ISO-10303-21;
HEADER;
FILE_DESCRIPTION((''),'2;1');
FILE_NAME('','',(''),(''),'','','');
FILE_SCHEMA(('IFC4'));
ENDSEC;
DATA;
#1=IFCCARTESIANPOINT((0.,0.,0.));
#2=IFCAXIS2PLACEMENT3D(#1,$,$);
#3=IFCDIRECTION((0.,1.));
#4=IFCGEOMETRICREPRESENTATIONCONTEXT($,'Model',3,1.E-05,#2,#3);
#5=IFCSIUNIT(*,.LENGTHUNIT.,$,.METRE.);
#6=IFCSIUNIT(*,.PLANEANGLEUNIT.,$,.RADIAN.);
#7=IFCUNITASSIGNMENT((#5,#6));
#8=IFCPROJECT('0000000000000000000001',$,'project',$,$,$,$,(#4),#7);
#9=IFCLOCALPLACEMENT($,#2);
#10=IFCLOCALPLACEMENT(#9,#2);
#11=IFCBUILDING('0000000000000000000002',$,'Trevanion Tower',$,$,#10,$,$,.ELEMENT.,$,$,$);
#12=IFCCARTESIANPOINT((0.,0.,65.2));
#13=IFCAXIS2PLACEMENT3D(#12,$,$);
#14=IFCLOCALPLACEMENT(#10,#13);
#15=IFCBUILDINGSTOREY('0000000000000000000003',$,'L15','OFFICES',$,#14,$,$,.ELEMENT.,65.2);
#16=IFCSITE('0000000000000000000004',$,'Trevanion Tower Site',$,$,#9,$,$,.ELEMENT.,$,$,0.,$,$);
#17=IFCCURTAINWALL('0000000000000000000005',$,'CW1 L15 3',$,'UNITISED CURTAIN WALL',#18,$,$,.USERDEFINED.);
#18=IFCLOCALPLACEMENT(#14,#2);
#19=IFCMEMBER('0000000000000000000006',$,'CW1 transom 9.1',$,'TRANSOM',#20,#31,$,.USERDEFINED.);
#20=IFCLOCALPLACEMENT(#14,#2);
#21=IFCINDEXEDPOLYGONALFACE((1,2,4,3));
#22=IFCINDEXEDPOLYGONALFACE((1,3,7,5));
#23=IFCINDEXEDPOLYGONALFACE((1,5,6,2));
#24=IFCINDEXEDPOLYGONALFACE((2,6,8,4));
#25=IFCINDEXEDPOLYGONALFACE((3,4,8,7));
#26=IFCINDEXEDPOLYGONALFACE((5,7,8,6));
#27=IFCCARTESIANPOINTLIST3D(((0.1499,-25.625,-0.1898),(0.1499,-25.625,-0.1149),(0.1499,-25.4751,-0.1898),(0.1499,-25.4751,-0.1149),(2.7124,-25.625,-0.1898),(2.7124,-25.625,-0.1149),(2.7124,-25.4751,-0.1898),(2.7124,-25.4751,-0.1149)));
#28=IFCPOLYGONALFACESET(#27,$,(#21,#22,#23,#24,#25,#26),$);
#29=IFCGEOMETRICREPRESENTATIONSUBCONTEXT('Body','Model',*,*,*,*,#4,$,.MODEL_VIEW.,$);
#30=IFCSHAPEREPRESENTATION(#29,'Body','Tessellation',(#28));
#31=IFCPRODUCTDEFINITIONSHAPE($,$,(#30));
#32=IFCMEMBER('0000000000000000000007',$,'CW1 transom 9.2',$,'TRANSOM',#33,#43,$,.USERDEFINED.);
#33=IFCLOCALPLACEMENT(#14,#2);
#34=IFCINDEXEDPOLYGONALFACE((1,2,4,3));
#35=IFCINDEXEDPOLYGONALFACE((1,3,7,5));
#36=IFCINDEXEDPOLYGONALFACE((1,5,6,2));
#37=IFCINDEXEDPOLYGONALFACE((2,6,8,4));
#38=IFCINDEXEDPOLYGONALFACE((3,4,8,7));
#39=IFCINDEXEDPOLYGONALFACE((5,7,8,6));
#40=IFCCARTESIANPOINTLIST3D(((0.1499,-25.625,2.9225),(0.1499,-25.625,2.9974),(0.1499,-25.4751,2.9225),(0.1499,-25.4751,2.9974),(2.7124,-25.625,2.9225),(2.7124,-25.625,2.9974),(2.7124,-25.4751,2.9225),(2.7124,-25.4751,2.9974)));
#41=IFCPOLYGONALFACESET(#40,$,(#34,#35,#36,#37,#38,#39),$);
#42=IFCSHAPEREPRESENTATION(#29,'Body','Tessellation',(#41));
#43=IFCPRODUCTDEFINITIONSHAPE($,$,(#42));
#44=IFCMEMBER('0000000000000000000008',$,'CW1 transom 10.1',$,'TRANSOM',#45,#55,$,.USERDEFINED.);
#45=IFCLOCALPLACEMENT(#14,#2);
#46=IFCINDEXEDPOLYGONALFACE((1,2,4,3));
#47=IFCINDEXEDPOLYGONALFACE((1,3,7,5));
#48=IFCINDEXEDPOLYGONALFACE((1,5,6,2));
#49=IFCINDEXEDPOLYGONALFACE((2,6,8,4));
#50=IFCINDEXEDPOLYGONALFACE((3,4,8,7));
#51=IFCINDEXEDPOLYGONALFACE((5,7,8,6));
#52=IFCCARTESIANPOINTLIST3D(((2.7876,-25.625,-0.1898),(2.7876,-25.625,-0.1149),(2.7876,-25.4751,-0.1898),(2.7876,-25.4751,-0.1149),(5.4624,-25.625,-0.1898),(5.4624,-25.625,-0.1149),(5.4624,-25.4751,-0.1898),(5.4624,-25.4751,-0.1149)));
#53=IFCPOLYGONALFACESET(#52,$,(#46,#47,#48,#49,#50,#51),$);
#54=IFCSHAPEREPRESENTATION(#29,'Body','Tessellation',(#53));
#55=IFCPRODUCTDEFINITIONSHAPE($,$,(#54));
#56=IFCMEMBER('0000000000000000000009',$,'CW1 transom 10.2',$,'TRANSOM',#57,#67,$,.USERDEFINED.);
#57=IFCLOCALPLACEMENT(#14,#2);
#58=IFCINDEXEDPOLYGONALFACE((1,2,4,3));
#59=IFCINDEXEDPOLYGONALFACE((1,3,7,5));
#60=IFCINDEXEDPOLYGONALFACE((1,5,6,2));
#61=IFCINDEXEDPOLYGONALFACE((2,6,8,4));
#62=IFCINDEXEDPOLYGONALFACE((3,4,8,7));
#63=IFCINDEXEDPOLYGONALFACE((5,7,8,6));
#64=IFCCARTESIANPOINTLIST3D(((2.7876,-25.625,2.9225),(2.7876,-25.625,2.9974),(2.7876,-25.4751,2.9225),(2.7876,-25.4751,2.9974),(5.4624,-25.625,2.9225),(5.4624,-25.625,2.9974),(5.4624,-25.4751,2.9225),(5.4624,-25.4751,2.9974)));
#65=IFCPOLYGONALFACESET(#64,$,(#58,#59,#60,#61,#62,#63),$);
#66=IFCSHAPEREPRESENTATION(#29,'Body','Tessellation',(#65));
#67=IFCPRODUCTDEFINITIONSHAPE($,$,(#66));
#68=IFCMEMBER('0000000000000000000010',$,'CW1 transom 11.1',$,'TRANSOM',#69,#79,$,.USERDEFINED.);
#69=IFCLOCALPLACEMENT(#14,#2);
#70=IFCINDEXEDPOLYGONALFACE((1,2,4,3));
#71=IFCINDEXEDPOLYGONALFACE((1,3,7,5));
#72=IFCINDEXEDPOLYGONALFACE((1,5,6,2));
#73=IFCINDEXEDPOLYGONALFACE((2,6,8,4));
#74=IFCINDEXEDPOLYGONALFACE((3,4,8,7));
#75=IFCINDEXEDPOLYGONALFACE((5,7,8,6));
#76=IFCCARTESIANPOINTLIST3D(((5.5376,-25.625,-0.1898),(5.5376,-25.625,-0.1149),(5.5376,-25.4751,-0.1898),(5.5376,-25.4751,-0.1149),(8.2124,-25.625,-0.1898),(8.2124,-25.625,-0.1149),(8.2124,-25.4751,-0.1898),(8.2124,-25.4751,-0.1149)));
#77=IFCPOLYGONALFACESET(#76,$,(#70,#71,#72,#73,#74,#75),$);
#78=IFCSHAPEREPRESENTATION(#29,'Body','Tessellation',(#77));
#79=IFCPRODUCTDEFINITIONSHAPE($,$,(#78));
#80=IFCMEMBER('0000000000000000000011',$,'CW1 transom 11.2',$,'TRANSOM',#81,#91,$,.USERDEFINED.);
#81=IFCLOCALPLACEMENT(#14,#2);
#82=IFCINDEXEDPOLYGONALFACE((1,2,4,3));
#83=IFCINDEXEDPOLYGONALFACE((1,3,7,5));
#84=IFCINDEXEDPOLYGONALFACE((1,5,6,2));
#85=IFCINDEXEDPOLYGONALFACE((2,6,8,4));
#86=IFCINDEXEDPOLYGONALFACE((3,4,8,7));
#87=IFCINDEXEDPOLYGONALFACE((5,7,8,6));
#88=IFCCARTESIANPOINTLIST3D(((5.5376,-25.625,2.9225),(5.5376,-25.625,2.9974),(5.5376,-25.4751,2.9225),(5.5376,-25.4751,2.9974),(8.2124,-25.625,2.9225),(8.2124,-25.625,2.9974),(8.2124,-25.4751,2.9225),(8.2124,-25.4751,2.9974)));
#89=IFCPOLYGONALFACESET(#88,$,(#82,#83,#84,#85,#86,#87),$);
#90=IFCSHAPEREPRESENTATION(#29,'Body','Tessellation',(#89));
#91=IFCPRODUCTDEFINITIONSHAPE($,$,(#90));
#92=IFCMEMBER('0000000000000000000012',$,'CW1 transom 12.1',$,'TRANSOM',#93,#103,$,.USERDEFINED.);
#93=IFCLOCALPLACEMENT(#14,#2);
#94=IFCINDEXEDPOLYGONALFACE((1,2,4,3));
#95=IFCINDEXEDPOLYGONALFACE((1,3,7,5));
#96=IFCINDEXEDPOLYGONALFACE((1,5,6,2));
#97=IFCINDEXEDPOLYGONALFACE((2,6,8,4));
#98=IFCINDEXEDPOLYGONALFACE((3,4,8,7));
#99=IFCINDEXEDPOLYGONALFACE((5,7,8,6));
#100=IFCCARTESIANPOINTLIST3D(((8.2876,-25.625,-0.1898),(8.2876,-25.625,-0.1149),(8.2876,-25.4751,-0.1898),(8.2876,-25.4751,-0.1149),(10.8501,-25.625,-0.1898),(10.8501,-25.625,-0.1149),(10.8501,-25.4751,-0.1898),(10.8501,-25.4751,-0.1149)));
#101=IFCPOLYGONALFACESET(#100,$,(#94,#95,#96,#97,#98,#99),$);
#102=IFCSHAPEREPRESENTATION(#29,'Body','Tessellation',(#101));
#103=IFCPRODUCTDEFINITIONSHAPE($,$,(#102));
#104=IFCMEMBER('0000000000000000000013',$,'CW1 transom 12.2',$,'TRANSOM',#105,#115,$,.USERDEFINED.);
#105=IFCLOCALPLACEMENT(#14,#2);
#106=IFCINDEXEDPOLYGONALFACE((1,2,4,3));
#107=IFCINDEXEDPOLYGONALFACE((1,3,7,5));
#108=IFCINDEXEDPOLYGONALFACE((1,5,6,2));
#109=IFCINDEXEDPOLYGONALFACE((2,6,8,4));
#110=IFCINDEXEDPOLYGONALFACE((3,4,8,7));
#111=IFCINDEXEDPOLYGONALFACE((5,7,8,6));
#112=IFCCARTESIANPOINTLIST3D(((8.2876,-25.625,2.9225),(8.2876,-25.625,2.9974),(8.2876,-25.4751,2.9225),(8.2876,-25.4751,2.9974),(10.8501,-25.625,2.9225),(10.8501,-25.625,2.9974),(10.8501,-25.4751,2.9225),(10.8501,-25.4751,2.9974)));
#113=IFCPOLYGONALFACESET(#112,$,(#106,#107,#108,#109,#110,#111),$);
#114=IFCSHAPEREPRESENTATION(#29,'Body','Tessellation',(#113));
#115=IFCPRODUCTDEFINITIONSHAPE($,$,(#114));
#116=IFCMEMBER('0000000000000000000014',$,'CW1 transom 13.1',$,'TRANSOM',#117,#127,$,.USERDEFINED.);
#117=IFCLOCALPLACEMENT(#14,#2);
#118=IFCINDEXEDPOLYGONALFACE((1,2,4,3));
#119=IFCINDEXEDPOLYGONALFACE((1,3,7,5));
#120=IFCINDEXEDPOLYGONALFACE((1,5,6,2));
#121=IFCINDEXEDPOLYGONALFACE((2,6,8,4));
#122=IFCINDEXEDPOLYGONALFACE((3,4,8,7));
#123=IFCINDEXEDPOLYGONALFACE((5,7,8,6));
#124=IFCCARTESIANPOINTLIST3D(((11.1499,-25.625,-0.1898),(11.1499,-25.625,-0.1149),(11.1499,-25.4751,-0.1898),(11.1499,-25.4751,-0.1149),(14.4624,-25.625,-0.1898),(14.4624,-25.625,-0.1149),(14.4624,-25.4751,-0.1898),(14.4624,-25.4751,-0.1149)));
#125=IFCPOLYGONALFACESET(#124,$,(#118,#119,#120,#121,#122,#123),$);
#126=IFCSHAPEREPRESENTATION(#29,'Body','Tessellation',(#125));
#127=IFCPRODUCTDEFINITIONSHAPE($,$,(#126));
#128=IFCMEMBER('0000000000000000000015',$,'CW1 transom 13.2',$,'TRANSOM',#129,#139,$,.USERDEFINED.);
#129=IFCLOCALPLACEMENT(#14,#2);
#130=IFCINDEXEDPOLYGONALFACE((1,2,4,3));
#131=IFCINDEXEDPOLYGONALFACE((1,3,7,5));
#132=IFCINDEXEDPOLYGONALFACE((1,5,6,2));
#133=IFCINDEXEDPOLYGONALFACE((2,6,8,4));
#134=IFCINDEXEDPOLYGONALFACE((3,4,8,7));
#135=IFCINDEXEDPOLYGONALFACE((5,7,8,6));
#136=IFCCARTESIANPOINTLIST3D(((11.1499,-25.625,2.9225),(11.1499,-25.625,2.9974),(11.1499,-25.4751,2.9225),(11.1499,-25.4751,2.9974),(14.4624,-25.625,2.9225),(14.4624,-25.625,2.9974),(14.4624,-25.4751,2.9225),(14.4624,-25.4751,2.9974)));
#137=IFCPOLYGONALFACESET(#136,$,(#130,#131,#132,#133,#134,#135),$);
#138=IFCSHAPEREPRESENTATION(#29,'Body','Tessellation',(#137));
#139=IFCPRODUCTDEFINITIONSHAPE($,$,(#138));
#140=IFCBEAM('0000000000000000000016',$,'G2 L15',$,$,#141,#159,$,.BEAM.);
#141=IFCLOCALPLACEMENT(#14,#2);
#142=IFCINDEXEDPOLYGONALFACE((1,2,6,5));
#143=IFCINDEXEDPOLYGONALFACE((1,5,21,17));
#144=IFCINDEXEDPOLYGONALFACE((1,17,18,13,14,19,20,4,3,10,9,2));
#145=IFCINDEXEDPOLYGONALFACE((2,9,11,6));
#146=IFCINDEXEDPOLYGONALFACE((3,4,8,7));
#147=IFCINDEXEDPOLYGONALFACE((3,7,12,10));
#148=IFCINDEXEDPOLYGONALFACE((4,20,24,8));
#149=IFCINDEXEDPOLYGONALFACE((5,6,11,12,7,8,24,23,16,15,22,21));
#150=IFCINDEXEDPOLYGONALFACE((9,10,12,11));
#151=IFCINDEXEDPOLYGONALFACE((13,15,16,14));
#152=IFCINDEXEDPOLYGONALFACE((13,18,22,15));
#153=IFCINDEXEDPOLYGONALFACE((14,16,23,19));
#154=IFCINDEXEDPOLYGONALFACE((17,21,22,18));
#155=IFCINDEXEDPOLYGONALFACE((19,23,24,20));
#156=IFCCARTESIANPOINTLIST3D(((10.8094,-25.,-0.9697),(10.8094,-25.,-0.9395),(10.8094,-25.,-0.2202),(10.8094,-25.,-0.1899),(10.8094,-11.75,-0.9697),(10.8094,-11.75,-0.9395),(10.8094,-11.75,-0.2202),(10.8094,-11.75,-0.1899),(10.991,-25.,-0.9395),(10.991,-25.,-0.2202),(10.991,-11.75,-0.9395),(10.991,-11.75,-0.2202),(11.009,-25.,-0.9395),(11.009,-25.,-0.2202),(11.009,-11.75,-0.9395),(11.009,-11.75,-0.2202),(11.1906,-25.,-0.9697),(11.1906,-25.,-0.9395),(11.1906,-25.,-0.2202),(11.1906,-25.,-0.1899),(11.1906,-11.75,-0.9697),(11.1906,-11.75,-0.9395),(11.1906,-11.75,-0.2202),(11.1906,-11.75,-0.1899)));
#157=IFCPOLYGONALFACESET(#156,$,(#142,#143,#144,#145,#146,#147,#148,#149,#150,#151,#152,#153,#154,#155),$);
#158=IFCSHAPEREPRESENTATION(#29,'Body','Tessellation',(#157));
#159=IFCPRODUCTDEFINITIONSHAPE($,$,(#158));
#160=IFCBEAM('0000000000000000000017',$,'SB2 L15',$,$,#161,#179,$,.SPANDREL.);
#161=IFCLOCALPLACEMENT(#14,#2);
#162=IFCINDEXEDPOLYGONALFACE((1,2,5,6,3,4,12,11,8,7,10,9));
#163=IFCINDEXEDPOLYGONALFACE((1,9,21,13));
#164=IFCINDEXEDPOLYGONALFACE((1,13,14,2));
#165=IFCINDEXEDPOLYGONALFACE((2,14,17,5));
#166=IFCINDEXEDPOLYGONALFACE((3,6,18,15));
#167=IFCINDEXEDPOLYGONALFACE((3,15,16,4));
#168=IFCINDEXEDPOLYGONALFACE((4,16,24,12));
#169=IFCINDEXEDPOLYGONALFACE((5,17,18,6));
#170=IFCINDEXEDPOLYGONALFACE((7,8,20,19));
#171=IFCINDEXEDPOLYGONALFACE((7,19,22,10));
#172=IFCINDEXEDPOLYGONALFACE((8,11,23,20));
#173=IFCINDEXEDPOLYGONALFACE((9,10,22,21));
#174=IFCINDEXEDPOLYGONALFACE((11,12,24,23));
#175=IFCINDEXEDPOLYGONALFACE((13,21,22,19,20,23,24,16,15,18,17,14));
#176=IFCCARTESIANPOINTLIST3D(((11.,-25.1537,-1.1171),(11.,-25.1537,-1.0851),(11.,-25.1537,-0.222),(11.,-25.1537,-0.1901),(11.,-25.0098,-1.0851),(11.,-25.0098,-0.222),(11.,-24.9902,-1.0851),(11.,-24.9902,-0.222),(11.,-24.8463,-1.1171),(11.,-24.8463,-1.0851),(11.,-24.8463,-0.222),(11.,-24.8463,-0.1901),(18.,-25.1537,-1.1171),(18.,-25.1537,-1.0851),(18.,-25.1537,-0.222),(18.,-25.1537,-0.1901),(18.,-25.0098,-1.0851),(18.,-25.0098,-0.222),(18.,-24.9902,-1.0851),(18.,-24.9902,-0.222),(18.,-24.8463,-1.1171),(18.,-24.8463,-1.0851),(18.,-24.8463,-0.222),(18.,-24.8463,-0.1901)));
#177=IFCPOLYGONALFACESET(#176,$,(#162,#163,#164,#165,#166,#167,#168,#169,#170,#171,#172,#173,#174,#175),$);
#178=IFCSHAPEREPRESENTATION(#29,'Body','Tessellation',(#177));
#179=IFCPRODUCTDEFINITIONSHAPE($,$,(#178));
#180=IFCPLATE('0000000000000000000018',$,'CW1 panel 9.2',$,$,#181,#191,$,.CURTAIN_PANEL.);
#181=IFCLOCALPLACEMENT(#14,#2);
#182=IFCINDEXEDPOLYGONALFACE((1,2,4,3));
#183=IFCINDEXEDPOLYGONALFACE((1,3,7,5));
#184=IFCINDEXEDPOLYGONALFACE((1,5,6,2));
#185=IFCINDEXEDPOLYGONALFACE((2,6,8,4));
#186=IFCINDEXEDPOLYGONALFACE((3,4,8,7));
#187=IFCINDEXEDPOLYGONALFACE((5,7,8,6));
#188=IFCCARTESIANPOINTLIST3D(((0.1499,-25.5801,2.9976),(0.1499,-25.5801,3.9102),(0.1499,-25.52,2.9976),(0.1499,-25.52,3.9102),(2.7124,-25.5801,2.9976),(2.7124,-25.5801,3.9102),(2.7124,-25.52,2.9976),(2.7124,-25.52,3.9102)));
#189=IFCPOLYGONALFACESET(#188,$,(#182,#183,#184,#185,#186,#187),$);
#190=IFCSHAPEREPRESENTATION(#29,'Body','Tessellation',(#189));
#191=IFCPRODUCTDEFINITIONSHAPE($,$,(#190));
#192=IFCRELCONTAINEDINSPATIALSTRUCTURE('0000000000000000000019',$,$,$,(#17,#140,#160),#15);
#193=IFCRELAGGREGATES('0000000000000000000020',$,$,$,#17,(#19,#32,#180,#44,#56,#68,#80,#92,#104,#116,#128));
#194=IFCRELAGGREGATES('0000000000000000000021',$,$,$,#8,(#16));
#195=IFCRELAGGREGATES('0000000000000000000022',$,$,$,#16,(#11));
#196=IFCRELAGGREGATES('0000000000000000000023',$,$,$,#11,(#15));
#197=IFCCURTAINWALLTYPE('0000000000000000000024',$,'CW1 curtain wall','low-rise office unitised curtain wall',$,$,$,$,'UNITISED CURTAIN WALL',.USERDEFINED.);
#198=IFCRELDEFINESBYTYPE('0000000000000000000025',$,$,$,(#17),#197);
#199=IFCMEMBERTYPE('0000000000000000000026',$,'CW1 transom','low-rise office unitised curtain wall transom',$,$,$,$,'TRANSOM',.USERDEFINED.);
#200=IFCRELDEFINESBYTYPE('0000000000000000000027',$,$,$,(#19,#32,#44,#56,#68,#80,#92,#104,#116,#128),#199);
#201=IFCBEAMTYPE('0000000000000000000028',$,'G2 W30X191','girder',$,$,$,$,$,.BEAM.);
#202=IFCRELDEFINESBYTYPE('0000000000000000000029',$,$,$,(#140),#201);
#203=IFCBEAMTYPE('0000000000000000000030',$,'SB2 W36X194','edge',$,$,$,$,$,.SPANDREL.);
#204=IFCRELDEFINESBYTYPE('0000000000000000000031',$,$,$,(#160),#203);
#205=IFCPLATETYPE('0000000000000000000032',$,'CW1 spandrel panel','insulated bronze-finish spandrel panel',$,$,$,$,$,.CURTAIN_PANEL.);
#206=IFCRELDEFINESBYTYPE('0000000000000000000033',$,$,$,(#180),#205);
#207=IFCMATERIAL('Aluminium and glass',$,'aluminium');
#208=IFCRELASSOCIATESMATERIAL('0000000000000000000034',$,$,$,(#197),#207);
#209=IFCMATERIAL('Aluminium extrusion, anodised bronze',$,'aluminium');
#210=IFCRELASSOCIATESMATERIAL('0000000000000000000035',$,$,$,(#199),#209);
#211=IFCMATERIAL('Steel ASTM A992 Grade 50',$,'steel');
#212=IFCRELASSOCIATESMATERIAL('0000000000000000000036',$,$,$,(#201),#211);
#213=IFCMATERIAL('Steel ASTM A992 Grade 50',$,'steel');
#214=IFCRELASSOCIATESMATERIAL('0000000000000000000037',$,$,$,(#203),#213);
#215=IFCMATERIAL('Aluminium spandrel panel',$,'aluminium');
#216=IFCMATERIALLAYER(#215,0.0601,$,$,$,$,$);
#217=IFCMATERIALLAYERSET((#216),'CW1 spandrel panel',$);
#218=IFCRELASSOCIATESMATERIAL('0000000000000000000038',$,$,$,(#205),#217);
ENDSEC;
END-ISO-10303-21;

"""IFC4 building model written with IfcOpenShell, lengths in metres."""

from ifc_helpers import new_model, si_unit, direction, frame, origin, origin_2d, place, context, subcontext, project, spatial, rectangle, i_section, extrude, material, layer, layer_set, material_profile, profile_set, type_object, element, aggregate, save


model = new_model("IFC4")

# Units and contexts
model_context = context("Model", 3, precision=1e-05, world=origin(), true_north=direction((0.0, 1.0)))
body_context = subcontext(model_context, "Body", "Model", "MODEL_VIEW")
ifc_project = project(units=[si_unit("LENGTHUNIT", "METRE"), si_unit("PLANEANGLEUNIT", "RADIAN")], contexts=[model_context])

# Site, building, storey
site_placement = place(None, origin())
site = spatial("IfcSite", under=ifc_project, at=site_placement, Name="Trevanion Tower Site", CompositionType="ELEMENT", RefElevation=0.0)
building_placement = place(site_placement, origin())
building = spatial("IfcBuilding", under=site, at=building_placement, Name="Trevanion Tower", CompositionType="ELEMENT")
storey_placement = place(building_placement, frame((0.0, 0.0, 65.2)))
storey = spatial("IfcBuildingStorey", under=building, at=storey_placement, Name="L15", Description="OFFICES", CompositionType="ELEMENT", Elevation=65.2)

# Curtain wall, members
ifc_material_1 = material(Name="Aluminium and glass", Category="aluminium")
curtain_wall_type = type_object("IfcCurtainWallType", Name="CW1 curtain wall", Description="low-rise office unitised curtain wall", ElementType="UNITISED CURTAIN WALL", PredefinedType="USERDEFINED", material=ifc_material_1)
curtain_wall_placement = place(storey_placement, origin())
curtain_wall = element("IfcCurtainWall", 1, at=curtain_wall_placement, inside=storey, type_object=curtain_wall_type, Name="CW1 L15 3", ObjectType="UNITISED CURTAIN WALL", PredefinedType="USERDEFINED")
ifc_material_2 = material(Name="Aluminium extrusion, anodised bronze", Category="aluminium")
ifc_material_profile_1 = material_profile(ifc_material_2, rectangle(XDim=0.1499, YDim=0.075, at=origin_2d()), Name="CW1 transom")
ifc_profile_set_1 = profile_set([ifc_material_profile_1], Name="Aluminium extrusion, anodised bronze")
member_type_1 = type_object("IfcMemberType", Name="CW1 transom", Description="low-rise office unitised curtain wall transom", ElementType="TRANSOM", PredefinedType="USERDEFINED", material=ifc_profile_set_1)
member_1_placement = place(storey_placement, frame((0.1499, -25.55, -0.1523), z_axis=(1.0, 0.0, 0.0), x_axis=(0.0, 1.0, 0.0)))
member_1 = element("IfcMember", 2, at=member_1_placement, type_object=member_type_1, Name="CW1 transom 9.1", ObjectType="TRANSOM", PredefinedType="USERDEFINED", context=body_context, shape_type="SweptSolid", body=[
    extrude(rectangle(XDim=0.1499, YDim=0.075, at=origin_2d()), origin(), (0.0, 0.0, 1.0), 2.5625),
])
member_2_placement = place(storey_placement, frame((0.1499, -25.55, 2.96), z_axis=(1.0, 0.0, 0.0), x_axis=(0.0, 1.0, 0.0)))
member_2 = element("IfcMember", 3, at=member_2_placement, type_object=member_type_1, Name="CW1 transom 9.2", ObjectType="TRANSOM", PredefinedType="USERDEFINED", context=body_context, shape_type="SweptSolid", body=[
    extrude(rectangle(XDim=0.1499, YDim=0.075, at=origin_2d()), origin(), (0.0, 0.0, 1.0), 2.5625),
])
member_3_placement = place(storey_placement, frame((2.7876, -25.55, -0.1523), z_axis=(1.0, 0.0, 0.0), x_axis=(0.0, 1.0, 0.0)))
member_3 = element("IfcMember", 4, at=member_3_placement, type_object=member_type_1, Name="CW1 transom 10.1", ObjectType="TRANSOM", PredefinedType="USERDEFINED", context=body_context, shape_type="SweptSolid", body=[
    extrude(rectangle(XDim=0.1499, YDim=0.075, at=origin_2d()), origin(), (0.0, 0.0, 1.0), 2.6748),
])
member_4_placement = place(storey_placement, frame((2.7876, -25.55, 2.96), z_axis=(1.0, 0.0, 0.0), x_axis=(0.0, 1.0, 0.0)))
member_4 = element("IfcMember", 5, at=member_4_placement, type_object=member_type_1, Name="CW1 transom 10.2", ObjectType="TRANSOM", PredefinedType="USERDEFINED", context=body_context, shape_type="SweptSolid", body=[
    extrude(rectangle(XDim=0.1499, YDim=0.075, at=origin_2d()), origin(), (0.0, 0.0, 1.0), 2.6748),
])
member_5_placement = place(storey_placement, frame((5.5376, -25.55, -0.1523), z_axis=(1.0, 0.0, 0.0), x_axis=(0.0, 1.0, 0.0)))
member_5 = element("IfcMember", 6, at=member_5_placement, type_object=member_type_1, Name="CW1 transom 11.1", ObjectType="TRANSOM", PredefinedType="USERDEFINED", context=body_context, shape_type="SweptSolid", body=[
    extrude(rectangle(XDim=0.1499, YDim=0.075, at=origin_2d()), origin(), (0.0, 0.0, 1.0), 2.6748),
])
member_6_placement = place(storey_placement, frame((5.5376, -25.55, 2.96), z_axis=(1.0, 0.0, 0.0), x_axis=(0.0, 1.0, 0.0)))
member_6 = element("IfcMember", 7, at=member_6_placement, type_object=member_type_1, Name="CW1 transom 11.2", ObjectType="TRANSOM", PredefinedType="USERDEFINED", context=body_context, shape_type="SweptSolid", body=[
    extrude(rectangle(XDim=0.1499, YDim=0.075, at=origin_2d()), origin(), (0.0, 0.0, 1.0), 2.6748),
])
member_7_placement = place(storey_placement, frame((8.2876, -25.55, -0.1523), z_axis=(1.0, 0.0, 0.0), x_axis=(0.0, 1.0, 0.0)))
member_7 = element("IfcMember", 8, at=member_7_placement, type_object=member_type_1, Name="CW1 transom 12.1", ObjectType="TRANSOM", PredefinedType="USERDEFINED", context=body_context, shape_type="SweptSolid", body=[
    extrude(rectangle(XDim=0.1499, YDim=0.075, at=origin_2d()), origin(), (0.0, 0.0, 1.0), 2.5625),
])
member_8_placement = place(storey_placement, frame((8.2876, -25.55, 2.96), z_axis=(1.0, 0.0, 0.0), x_axis=(0.0, 1.0, 0.0)))
member_8 = element("IfcMember", 9, at=member_8_placement, type_object=member_type_1, Name="CW1 transom 12.2", ObjectType="TRANSOM", PredefinedType="USERDEFINED", context=body_context, shape_type="SweptSolid", body=[
    extrude(rectangle(XDim=0.1499, YDim=0.075, at=origin_2d()), origin(), (0.0, 0.0, 1.0), 2.5625),
])
member_9_placement = place(storey_placement, frame((11.1499, -25.55, -0.1523), z_axis=(1.0, 0.0, 0.0), x_axis=(0.0, 1.0, 0.0)))
member_9 = element("IfcMember", 10, at=member_9_placement, type_object=member_type_1, Name="CW1 transom 13.1", ObjectType="TRANSOM", PredefinedType="USERDEFINED", context=body_context, shape_type="SweptSolid", body=[
    extrude(rectangle(XDim=0.1499, YDim=0.075, at=origin_2d()), origin(), (0.0, 0.0, 1.0), 3.3125),
])
member_10_placement = place(storey_placement, frame((11.1499, -25.55, 2.96), z_axis=(1.0, 0.0, 0.0), x_axis=(0.0, 1.0, 0.0)))
member_10 = element("IfcMember", 11, at=member_10_placement, type_object=member_type_1, Name="CW1 transom 13.2", ObjectType="TRANSOM", PredefinedType="USERDEFINED", context=body_context, shape_type="SweptSolid", body=[
    extrude(rectangle(XDim=0.1499, YDim=0.075, at=origin_2d()), origin(), (0.0, 0.0, 1.0), 3.3125),
])

# Beams
ifc_material_3 = material(Name="Steel ASTM A992 Grade 50", Category="steel")
ifc_material_profile_2 = material_profile(ifc_material_3, i_section(OverallWidth=0.3811, OverallDepth=0.7798, WebThickness=0.0181, FlangeThickness=0.0303, at=origin_2d()), Name="W30X191")
ifc_profile_set_2 = profile_set([ifc_material_profile_2], Name="Steel ASTM A992 Grade 50")
beam_type_1 = type_object("IfcBeamType", Name="G2 W30X191", Description="girder", PredefinedType="BEAM", material=ifc_profile_set_2)
beam_1_placement = place(storey_placement, frame((11.0, -11.75, -0.5798), z_axis=(0.0, -1.0, 0.0), x_axis=(1.0, 0.0, 0.0)))
element("IfcBeam", 12, at=beam_1_placement, inside=storey, type_object=beam_type_1, Name="G2 L15", PredefinedType="BEAM", context=body_context, shape_type="SweptSolid", body=[
    extrude(i_section(OverallWidth=0.3811, OverallDepth=0.7798, WebThickness=0.0181, FlangeThickness=0.0303, at=origin_2d()), origin(), (0.0, 0.0, 1.0), 13.25),
])
ifc_material_4 = material(Name="Steel ASTM A992 Grade 50", Category="steel")
ifc_material_profile_3 = material_profile(ifc_material_4, i_section(OverallWidth=0.3074, OverallDepth=0.927, WebThickness=0.0195, FlangeThickness=0.032, at=origin_2d()), Name="W36X194")
ifc_profile_set_3 = profile_set([ifc_material_profile_3], Name="Steel ASTM A992 Grade 50")
beam_type_2 = type_object("IfcBeamType", Name="SB2 W36X194", Description="edge", PredefinedType="SPANDREL", material=ifc_profile_set_3)
beam_2_placement = place(storey_placement, frame((11.0, -25.0, -0.6536), z_axis=(1.0, 0.0, 0.0), x_axis=(0.0, 1.0, 0.0)))
element("IfcBeam", 13, at=beam_2_placement, inside=storey, type_object=beam_type_2, Name="SB2 L15", PredefinedType="SPANDREL", context=body_context, shape_type="SweptSolid", body=[
    extrude(i_section(OverallWidth=0.3074, OverallDepth=0.927, WebThickness=0.0195, FlangeThickness=0.032, at=origin_2d()), origin(), (0.0, 0.0, 1.0), 7.0),
])

# Plate
ifc_material_5 = material(Name="Aluminium spandrel panel", Category="aluminium")
ifc_layer_1 = layer(ifc_material_5, 0.0601)
ifc_layer_set_1 = layer_set([ifc_layer_1], Name="CW1 spandrel panel")
plate_type_1 = type_object("IfcPlateType", Name="CW1 spandrel panel", Description="insulated bronze-finish spandrel panel", PredefinedType="CURTAIN_PANEL", material=ifc_layer_set_1)
plate_1_placement = place(storey_placement, frame((1.4312, -25.55, 2.9976), z_axis=(0.0, 0.0, 1.0), x_axis=(1.0, 0.0, 0.0)))
plate_1 = element("IfcPlate", 14, at=plate_1_placement, type_object=plate_type_1, Name="CW1 panel 9.2", PredefinedType="CURTAIN_PANEL", context=body_context, shape_type="SweptSolid", body=[
    extrude(rectangle(XDim=2.5625, YDim=0.0601, at=origin_2d()), origin(), (0.0, 0.0, 1.0), 0.9126),
])
aggregate(curtain_wall, [member_1, member_2, plate_1, member_3, member_4, member_5, member_6, member_7, member_8, member_9, member_10])

save(model, "model.ifc")
